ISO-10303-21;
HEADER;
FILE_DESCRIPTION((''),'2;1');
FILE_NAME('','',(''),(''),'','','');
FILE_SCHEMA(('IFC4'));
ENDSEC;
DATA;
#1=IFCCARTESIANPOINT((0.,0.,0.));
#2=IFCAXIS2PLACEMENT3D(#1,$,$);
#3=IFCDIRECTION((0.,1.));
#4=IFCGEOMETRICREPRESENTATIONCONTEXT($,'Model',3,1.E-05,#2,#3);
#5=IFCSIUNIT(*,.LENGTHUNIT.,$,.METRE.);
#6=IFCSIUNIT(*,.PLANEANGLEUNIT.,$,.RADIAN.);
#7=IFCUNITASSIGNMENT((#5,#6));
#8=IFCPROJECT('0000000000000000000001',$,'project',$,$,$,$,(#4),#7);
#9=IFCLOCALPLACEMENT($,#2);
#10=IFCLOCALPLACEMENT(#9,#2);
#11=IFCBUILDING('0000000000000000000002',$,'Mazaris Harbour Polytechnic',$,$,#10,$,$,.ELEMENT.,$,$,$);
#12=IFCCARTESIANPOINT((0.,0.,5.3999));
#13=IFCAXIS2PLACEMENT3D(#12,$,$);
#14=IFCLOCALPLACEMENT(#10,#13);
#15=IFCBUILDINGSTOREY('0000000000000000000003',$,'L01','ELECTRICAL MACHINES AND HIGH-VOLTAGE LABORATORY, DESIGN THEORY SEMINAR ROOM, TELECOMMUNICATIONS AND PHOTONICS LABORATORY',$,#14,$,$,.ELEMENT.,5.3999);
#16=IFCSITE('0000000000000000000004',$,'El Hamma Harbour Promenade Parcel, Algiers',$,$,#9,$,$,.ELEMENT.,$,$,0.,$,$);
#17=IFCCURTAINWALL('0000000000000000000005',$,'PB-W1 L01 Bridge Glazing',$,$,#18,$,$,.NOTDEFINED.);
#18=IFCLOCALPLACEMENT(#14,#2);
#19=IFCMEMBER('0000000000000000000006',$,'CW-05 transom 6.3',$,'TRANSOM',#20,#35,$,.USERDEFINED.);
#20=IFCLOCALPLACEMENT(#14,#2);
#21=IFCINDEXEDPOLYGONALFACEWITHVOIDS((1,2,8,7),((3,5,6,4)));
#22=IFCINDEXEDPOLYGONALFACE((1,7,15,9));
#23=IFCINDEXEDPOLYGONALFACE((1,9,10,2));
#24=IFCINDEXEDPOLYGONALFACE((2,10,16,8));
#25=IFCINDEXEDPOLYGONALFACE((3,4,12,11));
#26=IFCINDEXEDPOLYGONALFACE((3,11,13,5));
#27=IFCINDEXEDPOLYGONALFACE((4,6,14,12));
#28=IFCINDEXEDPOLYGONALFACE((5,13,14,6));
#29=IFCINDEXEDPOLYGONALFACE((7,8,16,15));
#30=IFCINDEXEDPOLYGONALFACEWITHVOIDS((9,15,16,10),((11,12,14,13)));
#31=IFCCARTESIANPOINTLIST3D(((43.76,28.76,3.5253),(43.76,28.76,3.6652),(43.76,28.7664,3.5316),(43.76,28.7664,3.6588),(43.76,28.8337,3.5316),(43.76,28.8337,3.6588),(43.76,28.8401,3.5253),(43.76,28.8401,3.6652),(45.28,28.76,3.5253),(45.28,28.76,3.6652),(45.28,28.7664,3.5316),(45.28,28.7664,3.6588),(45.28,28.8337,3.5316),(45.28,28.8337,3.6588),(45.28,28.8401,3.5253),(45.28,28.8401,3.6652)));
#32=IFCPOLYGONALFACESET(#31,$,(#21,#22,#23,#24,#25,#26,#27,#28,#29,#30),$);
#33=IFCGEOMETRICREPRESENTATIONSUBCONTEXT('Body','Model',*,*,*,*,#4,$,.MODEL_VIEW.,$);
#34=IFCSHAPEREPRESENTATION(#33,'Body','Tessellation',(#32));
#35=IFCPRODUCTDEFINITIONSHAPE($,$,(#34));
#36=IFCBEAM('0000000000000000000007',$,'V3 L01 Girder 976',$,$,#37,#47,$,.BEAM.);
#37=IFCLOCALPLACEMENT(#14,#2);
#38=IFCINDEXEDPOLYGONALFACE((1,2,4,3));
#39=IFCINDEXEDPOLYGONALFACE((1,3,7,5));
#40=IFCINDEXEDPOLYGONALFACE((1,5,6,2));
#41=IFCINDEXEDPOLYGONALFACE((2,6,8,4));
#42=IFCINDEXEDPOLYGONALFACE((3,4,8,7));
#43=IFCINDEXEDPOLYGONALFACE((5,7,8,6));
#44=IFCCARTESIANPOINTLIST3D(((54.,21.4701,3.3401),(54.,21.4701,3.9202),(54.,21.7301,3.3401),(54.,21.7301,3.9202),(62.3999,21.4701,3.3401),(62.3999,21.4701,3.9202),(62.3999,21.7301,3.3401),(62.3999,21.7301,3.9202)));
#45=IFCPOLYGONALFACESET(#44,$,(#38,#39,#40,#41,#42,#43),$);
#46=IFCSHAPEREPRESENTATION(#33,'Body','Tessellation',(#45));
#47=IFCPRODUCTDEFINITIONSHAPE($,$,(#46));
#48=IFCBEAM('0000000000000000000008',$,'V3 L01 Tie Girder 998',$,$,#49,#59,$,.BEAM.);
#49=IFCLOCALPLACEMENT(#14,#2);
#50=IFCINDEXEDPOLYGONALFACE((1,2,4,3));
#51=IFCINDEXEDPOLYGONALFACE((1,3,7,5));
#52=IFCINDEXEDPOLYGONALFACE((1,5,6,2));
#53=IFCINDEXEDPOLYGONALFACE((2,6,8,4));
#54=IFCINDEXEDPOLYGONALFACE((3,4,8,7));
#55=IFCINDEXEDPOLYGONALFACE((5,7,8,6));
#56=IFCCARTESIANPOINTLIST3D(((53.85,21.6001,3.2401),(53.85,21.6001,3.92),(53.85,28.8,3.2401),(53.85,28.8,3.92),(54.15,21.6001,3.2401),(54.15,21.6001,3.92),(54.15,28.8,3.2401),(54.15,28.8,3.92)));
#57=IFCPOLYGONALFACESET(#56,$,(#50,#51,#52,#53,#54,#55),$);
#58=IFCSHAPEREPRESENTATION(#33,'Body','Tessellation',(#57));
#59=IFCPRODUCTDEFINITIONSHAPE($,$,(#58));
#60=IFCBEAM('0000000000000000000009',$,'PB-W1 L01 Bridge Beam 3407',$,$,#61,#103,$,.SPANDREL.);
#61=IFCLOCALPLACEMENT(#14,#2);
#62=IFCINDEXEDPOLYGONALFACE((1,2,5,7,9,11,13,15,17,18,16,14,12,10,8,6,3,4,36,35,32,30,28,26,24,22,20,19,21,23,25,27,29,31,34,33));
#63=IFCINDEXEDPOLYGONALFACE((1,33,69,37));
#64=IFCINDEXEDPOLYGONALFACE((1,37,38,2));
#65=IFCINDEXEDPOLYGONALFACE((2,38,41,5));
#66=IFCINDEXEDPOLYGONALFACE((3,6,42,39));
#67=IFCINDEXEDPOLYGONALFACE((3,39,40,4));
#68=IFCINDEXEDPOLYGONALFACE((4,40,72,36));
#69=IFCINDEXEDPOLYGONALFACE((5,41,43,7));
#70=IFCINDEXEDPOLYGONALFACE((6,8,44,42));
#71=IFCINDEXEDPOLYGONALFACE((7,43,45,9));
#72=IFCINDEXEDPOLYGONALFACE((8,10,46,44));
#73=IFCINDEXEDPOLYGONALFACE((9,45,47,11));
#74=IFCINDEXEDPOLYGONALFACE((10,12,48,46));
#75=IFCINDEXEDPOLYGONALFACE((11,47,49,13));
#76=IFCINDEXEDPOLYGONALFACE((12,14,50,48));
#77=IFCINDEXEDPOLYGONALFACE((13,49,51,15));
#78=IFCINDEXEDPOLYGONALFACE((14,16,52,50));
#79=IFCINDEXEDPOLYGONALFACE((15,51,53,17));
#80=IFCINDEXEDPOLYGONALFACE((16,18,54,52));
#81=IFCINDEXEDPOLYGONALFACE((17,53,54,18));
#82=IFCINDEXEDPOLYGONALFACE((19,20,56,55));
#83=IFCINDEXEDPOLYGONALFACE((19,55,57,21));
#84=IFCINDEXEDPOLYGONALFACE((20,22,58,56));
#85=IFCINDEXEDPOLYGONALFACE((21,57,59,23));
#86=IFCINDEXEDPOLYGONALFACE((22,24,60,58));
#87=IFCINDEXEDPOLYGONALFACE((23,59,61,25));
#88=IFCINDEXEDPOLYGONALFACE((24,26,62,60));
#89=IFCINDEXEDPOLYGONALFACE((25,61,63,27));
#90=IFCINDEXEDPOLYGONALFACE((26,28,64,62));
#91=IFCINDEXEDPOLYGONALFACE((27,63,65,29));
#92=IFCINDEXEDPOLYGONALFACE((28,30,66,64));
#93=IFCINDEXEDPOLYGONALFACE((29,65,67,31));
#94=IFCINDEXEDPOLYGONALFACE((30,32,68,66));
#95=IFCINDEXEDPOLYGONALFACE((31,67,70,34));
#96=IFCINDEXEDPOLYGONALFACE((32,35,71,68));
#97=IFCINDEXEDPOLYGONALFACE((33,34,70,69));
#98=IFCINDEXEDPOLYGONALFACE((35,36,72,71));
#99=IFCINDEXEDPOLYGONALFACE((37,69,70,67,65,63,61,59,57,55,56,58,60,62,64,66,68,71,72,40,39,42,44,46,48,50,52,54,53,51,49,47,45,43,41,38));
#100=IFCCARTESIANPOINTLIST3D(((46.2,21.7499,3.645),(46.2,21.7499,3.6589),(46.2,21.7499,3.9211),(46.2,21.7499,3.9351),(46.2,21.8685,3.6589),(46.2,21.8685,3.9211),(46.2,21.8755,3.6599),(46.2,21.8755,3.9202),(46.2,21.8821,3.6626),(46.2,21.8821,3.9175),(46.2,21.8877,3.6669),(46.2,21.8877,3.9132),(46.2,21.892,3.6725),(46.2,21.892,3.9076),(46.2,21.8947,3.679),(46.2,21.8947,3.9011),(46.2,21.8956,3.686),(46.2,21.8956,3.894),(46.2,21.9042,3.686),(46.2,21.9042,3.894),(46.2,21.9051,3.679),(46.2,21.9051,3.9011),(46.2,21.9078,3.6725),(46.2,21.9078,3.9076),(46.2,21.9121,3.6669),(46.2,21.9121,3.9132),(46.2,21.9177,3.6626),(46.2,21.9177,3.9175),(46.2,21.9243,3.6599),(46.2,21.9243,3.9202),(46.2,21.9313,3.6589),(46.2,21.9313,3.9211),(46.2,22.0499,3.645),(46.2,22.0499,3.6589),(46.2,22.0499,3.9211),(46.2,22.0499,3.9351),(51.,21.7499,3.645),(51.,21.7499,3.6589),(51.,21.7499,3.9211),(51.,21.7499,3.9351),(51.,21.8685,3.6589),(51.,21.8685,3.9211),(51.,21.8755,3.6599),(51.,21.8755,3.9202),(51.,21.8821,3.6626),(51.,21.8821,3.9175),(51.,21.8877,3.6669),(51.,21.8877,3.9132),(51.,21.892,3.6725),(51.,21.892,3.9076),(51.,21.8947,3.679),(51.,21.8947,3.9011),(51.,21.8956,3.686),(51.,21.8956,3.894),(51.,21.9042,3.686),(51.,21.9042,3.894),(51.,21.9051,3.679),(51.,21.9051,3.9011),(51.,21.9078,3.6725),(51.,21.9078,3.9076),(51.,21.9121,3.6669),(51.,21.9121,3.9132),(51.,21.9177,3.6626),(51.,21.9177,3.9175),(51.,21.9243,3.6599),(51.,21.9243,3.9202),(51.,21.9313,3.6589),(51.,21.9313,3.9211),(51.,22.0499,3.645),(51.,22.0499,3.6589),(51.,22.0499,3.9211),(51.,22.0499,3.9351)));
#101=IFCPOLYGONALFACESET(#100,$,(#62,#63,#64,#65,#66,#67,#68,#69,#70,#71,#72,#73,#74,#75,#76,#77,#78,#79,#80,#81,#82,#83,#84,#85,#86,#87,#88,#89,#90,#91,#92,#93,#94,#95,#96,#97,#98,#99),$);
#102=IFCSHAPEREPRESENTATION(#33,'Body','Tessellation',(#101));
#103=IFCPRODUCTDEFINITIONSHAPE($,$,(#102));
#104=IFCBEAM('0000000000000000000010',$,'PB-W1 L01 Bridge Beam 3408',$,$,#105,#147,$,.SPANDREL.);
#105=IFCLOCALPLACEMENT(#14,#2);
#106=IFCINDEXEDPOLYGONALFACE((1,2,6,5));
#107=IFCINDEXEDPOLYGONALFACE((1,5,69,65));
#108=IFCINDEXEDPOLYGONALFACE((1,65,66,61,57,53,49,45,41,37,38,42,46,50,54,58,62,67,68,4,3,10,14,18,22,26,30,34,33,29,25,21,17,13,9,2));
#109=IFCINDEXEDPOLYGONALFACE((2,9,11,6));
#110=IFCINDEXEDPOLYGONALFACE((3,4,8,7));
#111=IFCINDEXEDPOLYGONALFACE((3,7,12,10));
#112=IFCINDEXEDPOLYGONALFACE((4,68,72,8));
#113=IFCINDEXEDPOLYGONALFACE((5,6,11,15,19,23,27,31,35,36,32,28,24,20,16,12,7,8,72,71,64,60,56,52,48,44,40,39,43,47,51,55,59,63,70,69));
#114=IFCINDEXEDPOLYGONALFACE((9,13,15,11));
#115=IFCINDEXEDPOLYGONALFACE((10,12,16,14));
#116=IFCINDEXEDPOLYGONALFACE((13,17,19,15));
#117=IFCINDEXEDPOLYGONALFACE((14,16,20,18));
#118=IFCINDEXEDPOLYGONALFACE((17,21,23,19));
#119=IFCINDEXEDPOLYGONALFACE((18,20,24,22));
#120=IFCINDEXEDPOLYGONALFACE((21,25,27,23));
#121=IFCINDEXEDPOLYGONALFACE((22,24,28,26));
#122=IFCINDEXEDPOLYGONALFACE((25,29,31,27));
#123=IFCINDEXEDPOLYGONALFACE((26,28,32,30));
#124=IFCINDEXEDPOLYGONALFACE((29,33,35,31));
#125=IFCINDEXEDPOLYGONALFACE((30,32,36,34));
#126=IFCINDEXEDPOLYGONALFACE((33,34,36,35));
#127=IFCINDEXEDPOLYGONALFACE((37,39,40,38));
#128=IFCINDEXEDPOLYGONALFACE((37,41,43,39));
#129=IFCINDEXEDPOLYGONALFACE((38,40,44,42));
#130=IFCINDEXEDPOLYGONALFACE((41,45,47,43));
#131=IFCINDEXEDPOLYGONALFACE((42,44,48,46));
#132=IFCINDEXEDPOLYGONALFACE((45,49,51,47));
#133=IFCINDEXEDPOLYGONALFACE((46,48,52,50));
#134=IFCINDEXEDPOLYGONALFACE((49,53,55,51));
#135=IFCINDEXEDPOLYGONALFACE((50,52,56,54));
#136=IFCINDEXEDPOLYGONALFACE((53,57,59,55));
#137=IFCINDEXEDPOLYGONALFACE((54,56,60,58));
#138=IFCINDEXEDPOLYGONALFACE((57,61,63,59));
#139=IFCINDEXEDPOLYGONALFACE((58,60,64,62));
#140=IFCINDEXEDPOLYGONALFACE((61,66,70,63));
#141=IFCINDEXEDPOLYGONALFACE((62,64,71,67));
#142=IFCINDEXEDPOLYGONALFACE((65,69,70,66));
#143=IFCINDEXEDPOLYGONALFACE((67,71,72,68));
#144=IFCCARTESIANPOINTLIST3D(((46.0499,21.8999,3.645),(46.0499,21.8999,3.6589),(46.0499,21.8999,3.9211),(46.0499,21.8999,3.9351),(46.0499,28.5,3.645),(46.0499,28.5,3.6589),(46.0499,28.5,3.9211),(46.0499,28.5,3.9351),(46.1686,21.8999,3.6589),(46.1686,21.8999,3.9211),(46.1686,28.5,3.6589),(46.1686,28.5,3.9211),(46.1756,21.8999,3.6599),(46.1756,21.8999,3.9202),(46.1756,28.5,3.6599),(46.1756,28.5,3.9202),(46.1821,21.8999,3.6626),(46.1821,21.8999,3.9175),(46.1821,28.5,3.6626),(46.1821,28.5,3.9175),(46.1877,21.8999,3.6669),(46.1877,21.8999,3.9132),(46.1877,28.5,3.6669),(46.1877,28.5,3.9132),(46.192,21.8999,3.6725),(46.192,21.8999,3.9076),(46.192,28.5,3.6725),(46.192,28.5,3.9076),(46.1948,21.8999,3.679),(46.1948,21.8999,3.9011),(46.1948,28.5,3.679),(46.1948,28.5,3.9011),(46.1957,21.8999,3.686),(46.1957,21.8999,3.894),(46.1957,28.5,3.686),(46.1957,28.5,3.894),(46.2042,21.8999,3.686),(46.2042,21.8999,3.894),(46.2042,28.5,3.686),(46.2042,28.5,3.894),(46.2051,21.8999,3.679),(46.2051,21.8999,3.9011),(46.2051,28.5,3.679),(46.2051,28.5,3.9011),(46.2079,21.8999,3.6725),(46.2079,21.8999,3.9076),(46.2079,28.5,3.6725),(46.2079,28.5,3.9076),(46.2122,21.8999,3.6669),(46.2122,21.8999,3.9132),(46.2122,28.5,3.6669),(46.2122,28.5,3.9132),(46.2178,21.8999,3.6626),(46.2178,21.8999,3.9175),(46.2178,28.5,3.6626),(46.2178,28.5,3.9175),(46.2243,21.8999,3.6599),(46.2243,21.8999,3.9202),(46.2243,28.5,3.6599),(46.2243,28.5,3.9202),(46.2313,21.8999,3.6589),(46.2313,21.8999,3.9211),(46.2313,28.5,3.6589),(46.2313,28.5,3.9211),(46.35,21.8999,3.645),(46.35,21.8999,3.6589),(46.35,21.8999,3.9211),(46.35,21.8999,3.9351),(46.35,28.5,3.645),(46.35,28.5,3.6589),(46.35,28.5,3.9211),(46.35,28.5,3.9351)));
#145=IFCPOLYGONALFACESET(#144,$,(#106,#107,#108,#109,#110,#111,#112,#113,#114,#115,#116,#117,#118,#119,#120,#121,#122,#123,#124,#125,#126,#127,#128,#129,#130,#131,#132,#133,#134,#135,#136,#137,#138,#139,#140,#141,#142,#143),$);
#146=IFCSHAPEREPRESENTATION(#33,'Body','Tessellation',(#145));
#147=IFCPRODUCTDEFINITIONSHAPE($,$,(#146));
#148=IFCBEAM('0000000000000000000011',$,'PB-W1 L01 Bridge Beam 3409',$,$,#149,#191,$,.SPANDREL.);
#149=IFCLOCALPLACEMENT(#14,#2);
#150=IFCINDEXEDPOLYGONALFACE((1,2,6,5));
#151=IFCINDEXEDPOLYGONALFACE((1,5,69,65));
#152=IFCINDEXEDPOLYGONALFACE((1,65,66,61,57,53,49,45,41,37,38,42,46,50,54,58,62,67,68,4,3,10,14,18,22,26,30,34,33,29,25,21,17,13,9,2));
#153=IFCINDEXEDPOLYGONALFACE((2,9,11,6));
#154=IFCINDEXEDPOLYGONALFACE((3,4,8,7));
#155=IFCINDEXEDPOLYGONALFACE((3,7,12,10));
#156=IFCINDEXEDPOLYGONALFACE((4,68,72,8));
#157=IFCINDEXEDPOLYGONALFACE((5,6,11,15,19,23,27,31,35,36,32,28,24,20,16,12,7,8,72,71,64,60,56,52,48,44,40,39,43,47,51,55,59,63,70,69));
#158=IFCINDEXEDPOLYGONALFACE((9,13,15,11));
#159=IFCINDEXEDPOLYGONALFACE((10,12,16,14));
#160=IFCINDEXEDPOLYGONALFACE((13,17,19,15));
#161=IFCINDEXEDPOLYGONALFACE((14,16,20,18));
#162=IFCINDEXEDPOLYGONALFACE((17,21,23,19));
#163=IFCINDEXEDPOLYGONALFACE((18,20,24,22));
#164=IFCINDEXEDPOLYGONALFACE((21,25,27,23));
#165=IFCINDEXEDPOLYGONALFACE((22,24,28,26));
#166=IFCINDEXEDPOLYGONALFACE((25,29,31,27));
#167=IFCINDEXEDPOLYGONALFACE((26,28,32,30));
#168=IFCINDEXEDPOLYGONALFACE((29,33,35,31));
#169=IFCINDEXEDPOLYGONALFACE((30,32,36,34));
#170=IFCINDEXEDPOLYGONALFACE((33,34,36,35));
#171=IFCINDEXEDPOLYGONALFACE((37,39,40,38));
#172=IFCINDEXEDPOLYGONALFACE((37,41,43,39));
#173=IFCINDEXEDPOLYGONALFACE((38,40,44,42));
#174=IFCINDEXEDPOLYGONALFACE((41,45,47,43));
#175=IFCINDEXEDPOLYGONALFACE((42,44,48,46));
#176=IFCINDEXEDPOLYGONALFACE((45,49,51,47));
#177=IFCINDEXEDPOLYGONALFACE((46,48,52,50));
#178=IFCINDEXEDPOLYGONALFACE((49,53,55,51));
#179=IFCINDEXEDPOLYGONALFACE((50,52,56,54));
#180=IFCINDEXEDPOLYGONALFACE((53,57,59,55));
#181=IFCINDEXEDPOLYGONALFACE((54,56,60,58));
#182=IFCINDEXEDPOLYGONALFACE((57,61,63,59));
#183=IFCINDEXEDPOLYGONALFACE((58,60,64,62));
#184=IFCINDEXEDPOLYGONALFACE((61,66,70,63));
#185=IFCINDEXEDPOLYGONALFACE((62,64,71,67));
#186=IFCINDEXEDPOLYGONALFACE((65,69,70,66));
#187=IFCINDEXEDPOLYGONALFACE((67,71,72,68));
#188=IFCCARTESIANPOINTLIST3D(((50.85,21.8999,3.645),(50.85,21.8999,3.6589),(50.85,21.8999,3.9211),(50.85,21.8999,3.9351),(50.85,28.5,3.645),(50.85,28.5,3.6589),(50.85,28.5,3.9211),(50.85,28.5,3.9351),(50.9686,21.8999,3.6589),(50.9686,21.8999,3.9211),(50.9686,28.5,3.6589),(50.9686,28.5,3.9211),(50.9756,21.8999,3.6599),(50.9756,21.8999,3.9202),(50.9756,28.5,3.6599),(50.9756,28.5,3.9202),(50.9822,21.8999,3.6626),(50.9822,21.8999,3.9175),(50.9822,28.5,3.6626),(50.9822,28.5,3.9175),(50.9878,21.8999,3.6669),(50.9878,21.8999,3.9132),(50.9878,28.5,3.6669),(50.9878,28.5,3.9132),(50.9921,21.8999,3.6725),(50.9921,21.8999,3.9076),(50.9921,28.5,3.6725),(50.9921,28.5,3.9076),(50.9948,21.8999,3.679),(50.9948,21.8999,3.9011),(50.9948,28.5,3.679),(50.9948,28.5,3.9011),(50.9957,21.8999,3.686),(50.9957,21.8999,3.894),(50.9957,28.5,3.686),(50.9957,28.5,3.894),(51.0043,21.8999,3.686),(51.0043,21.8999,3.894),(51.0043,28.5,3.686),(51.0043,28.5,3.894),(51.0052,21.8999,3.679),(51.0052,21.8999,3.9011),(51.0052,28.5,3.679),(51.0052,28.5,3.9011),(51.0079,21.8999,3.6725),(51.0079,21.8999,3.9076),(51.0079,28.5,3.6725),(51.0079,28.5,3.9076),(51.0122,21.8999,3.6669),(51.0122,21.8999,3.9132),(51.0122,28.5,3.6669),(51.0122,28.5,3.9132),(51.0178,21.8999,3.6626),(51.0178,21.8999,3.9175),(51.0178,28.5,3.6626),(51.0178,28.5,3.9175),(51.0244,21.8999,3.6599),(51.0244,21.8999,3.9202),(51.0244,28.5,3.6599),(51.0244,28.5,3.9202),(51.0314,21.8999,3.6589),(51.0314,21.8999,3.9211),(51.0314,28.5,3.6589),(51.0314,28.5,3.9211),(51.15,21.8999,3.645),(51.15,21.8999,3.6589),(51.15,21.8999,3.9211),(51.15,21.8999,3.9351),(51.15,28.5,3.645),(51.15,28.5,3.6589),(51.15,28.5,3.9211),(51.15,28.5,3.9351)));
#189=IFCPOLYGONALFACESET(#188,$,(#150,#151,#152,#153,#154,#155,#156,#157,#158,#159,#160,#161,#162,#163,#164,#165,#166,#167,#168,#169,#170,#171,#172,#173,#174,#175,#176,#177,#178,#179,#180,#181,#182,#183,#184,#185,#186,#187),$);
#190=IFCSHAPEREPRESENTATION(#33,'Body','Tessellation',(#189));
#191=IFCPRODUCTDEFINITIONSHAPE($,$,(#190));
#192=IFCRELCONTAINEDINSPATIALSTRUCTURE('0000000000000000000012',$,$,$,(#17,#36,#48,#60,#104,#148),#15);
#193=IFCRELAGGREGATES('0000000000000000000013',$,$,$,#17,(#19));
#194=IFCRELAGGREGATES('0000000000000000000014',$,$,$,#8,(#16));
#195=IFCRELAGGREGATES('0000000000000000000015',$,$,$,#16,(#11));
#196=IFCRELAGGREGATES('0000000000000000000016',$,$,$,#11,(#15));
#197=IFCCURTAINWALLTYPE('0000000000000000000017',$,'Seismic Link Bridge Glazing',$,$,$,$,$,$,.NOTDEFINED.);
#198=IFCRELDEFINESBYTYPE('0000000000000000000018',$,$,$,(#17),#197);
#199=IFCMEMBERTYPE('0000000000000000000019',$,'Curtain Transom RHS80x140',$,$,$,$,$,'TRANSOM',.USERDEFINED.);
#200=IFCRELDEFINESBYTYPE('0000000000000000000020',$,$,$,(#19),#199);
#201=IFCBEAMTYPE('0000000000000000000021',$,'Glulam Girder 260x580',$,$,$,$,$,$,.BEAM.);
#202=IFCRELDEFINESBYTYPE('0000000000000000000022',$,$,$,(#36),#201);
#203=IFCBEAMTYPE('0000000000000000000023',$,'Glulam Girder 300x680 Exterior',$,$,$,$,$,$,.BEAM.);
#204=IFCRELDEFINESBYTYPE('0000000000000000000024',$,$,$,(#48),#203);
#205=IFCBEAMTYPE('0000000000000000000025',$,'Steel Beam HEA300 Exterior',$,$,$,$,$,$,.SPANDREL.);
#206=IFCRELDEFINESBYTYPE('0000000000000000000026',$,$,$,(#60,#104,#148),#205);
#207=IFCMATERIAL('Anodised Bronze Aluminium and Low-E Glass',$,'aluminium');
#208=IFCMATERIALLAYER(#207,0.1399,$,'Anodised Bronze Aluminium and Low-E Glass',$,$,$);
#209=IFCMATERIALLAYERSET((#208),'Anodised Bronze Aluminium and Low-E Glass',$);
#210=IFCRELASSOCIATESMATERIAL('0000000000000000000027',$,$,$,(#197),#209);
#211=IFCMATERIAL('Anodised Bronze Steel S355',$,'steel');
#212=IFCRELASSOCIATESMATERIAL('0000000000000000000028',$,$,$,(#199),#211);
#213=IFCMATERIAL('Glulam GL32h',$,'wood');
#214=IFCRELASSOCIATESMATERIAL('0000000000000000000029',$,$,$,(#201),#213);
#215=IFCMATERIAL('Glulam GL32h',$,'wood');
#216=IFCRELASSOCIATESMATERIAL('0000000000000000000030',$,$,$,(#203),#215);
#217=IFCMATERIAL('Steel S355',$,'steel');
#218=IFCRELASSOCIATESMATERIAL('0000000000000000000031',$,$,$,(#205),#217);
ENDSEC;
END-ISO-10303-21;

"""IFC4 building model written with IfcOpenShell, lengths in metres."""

from ifc_helpers import new_model, si_unit, direction, frame, origin, origin_2d, place, context, subcontext, project, spatial, rectangle, hollow_rectangle, i_section, extrude, material, layer, layer_set, material_profile, profile_set, type_object, element, aggregate, save


model = new_model("IFC4")

# Units and contexts
model_context = context("Model", 3, precision=1e-05, world=origin(), true_north=direction((0.0, 1.0)))
body_context = subcontext(model_context, "Body", "Model", "MODEL_VIEW")
ifc_project = project(units=[si_unit("LENGTHUNIT", "METRE"), si_unit("PLANEANGLEUNIT", "RADIAN")], contexts=[model_context])

# Site, building, storey
site_placement = place(None, origin())
site = spatial("IfcSite", under=ifc_project, at=site_placement, Name="El Hamma Harbour Promenade Parcel, Algiers", CompositionType="ELEMENT", RefElevation=0.0)
building_placement = place(site_placement, origin())
building = spatial("IfcBuilding", under=site, at=building_placement, Name="Mazaris Harbour Polytechnic", CompositionType="ELEMENT")
storey_placement = place(building_placement, frame((0.0, 0.0, 5.3999)))
storey = spatial("IfcBuildingStorey", under=building, at=storey_placement, Name="L01", Description="ELECTRICAL MACHINES AND HIGH-VOLTAGE LABORATORY, DESIGN THEORY SEMINAR ROOM, TELECOMMUNICATIONS AND PHOTONICS LABORATORY", CompositionType="ELEMENT", Elevation=5.3999)

# Shared definitions
ifc_material_1 = material(Name="Anodised Bronze Aluminium and Low-E Glass", Category="aluminium")
ifc_layer_1 = layer(ifc_material_1, 0.1399, Name="Anodised Bronze Aluminium and Low-E Glass")
ifc_layer_set_1 = layer_set([ifc_layer_1], Name="Anodised Bronze Aluminium and Low-E Glass")
curtain_wall_type = type_object("IfcCurtainWallType", Name="Seismic Link Bridge Glazing", PredefinedType="NOTDEFINED", material=ifc_layer_set_1)

# Curtain wall
curtain_wall_1_placement = place(storey_placement, origin())
curtain_wall_1 = element("IfcCurtainWall", 1, at=curtain_wall_1_placement, inside=storey, type_object=curtain_wall_type, Name="PB-W1 L01 Bridge Glazing", PredefinedType="NOTDEFINED")

# Member
ifc_material_2 = material(Name="Anodised Bronze Steel S355", Category="steel")
ifc_material_profile_1 = material_profile(ifc_material_2, hollow_rectangle(XDim=0.0801, YDim=0.1399, WallThickness=0.0063, at=origin_2d()), Name="RHS 80x140x6.3")
ifc_profile_set_1 = profile_set([ifc_material_profile_1], Name="Anodised Bronze Steel S355")
member_type_1 = type_object("IfcMemberType", Name="Curtain Transom RHS80x140", ElementType="TRANSOM", PredefinedType="USERDEFINED", material=ifc_profile_set_1)
member_1_placement = place(storey_placement, frame((45.28, 28.8, 3.5952), z_axis=(-1.0, 0.0, 0.0), x_axis=(0.0, -1.0, 0.0)))
member_1 = element("IfcMember", 2, at=member_1_placement, type_object=member_type_1, Name="CW-05 transom 6.3", ObjectType="TRANSOM", PredefinedType="USERDEFINED", context=body_context, shape_type="SweptSolid", body=[
    extrude(hollow_rectangle(XDim=0.0801, YDim=0.1399, WallThickness=0.0063, at=origin_2d()), origin(), (0.0, 0.0, 1.0), 1.52),
])

# Beams
ifc_material_3 = material(Name="Glulam GL32h", Category="wood")
ifc_material_profile_2 = material_profile(ifc_material_3, rectangle(XDim=0.26, YDim=0.5801, at=origin_2d()), Name="RECT260x580")
ifc_profile_set_2 = profile_set([ifc_material_profile_2], Name="Glulam GL32h")
beam_type_1 = type_object("IfcBeamType", Name="Glulam Girder 260x580", PredefinedType="BEAM", material=ifc_profile_set_2)
beam_1_placement = place(storey_placement, frame((54.0, 21.6001, 3.6301), z_axis=(1.0, 0.0, 0.0), x_axis=(0.0, 1.0, 0.0)))
element("IfcBeam", 3, at=beam_1_placement, inside=storey, type_object=beam_type_1, Name="V3 L01 Girder 976", PredefinedType="BEAM", context=body_context, shape_type="SweptSolid", body=[
    extrude(rectangle(XDim=0.26, YDim=0.5801, at=origin_2d()), origin(), (0.0, 0.0, 1.0), 8.3999),
])
ifc_material_4 = material(Name="Glulam GL32h", Category="wood")
ifc_material_profile_3 = material_profile(ifc_material_4, rectangle(XDim=0.3, YDim=0.6799, at=origin_2d()), Name="RECT300x680")
ifc_profile_set_3 = profile_set([ifc_material_profile_3], Name="Glulam GL32h")
beam_type_2 = type_object("IfcBeamType", Name="Glulam Girder 300x680 Exterior", PredefinedType="BEAM", material=ifc_profile_set_3)
beam_2_placement = place(storey_placement, frame((54.0, 21.6001, 3.5801), z_axis=(0.0, 1.0, 0.0), x_axis=(-1.0, 0.0, 0.0)))
element("IfcBeam", 4, at=beam_2_placement, inside=storey, type_object=beam_type_2, Name="V3 L01 Tie Girder 998", PredefinedType="BEAM", context=body_context, shape_type="SweptSolid", body=[
    extrude(rectangle(XDim=0.3, YDim=0.6799, at=origin_2d()), origin(), (0.0, 0.0, 1.0), 7.2),
])
ifc_material_5 = material(Name="Steel S355", Category="steel")
ifc_material_profile_4 = material_profile(ifc_material_5, i_section(OverallWidth=0.3, OverallDepth=0.29, WebThickness=0.0085, FlangeThickness=0.0139, FilletRadius=0.0271, at=origin_2d()), Name="HEA 300")
ifc_profile_set_4 = profile_set([ifc_material_profile_4], Name="Steel S355")
beam_type_3 = type_object("IfcBeamType", Name="Steel Beam HEA300 Exterior", PredefinedType="SPANDREL", material=ifc_profile_set_4)
beam_3_placement = place(storey_placement, frame((46.2, 21.8999, 3.79), z_axis=(1.0, 0.0, 0.0), x_axis=(0.0, 1.0, 0.0)))
element("IfcBeam", 5, at=beam_3_placement, inside=storey, type_object=beam_type_3, Name="PB-W1 L01 Bridge Beam 3407", PredefinedType="SPANDREL", context=body_context, shape_type="SweptSolid", body=[
    extrude(i_section(OverallWidth=0.3, OverallDepth=0.29, WebThickness=0.0085, FlangeThickness=0.0139, FilletRadius=0.0271, at=origin_2d()), origin(), (0.0, 0.0, 1.0), 4.8),
])
for number, where, z_axis, x_axis, name in (
    (6, (46.2, 21.8999, 3.79), (0.0, 1.0, 0.0), (-1.0, 0.0, 0.0), "PB-W1 L01 Bridge Beam 3408"),
    (7, (51.0, 21.8999, 3.79), (0.0, 1.0, 0.0), (-1.0, 0.0, 0.0), "PB-W1 L01 Bridge Beam 3409"),
):
    element("IfcBeam", number, at=place(storey_placement, frame(where, z_axis=z_axis, x_axis=x_axis)), inside=storey, type_object=beam_type_3, Name=name, PredefinedType="SPANDREL", context=body_context, shape_type="SweptSolid", body=[
        extrude(i_section(OverallWidth=0.3, OverallDepth=0.29, WebThickness=0.0085, FlangeThickness=0.0139, FilletRadius=0.0271, at=origin_2d()), origin(), (0.0, 0.0, 1.0), 6.6001),
    ])

aggregate(curtain_wall_1, [member_1])

save(model, "model.ifc")
